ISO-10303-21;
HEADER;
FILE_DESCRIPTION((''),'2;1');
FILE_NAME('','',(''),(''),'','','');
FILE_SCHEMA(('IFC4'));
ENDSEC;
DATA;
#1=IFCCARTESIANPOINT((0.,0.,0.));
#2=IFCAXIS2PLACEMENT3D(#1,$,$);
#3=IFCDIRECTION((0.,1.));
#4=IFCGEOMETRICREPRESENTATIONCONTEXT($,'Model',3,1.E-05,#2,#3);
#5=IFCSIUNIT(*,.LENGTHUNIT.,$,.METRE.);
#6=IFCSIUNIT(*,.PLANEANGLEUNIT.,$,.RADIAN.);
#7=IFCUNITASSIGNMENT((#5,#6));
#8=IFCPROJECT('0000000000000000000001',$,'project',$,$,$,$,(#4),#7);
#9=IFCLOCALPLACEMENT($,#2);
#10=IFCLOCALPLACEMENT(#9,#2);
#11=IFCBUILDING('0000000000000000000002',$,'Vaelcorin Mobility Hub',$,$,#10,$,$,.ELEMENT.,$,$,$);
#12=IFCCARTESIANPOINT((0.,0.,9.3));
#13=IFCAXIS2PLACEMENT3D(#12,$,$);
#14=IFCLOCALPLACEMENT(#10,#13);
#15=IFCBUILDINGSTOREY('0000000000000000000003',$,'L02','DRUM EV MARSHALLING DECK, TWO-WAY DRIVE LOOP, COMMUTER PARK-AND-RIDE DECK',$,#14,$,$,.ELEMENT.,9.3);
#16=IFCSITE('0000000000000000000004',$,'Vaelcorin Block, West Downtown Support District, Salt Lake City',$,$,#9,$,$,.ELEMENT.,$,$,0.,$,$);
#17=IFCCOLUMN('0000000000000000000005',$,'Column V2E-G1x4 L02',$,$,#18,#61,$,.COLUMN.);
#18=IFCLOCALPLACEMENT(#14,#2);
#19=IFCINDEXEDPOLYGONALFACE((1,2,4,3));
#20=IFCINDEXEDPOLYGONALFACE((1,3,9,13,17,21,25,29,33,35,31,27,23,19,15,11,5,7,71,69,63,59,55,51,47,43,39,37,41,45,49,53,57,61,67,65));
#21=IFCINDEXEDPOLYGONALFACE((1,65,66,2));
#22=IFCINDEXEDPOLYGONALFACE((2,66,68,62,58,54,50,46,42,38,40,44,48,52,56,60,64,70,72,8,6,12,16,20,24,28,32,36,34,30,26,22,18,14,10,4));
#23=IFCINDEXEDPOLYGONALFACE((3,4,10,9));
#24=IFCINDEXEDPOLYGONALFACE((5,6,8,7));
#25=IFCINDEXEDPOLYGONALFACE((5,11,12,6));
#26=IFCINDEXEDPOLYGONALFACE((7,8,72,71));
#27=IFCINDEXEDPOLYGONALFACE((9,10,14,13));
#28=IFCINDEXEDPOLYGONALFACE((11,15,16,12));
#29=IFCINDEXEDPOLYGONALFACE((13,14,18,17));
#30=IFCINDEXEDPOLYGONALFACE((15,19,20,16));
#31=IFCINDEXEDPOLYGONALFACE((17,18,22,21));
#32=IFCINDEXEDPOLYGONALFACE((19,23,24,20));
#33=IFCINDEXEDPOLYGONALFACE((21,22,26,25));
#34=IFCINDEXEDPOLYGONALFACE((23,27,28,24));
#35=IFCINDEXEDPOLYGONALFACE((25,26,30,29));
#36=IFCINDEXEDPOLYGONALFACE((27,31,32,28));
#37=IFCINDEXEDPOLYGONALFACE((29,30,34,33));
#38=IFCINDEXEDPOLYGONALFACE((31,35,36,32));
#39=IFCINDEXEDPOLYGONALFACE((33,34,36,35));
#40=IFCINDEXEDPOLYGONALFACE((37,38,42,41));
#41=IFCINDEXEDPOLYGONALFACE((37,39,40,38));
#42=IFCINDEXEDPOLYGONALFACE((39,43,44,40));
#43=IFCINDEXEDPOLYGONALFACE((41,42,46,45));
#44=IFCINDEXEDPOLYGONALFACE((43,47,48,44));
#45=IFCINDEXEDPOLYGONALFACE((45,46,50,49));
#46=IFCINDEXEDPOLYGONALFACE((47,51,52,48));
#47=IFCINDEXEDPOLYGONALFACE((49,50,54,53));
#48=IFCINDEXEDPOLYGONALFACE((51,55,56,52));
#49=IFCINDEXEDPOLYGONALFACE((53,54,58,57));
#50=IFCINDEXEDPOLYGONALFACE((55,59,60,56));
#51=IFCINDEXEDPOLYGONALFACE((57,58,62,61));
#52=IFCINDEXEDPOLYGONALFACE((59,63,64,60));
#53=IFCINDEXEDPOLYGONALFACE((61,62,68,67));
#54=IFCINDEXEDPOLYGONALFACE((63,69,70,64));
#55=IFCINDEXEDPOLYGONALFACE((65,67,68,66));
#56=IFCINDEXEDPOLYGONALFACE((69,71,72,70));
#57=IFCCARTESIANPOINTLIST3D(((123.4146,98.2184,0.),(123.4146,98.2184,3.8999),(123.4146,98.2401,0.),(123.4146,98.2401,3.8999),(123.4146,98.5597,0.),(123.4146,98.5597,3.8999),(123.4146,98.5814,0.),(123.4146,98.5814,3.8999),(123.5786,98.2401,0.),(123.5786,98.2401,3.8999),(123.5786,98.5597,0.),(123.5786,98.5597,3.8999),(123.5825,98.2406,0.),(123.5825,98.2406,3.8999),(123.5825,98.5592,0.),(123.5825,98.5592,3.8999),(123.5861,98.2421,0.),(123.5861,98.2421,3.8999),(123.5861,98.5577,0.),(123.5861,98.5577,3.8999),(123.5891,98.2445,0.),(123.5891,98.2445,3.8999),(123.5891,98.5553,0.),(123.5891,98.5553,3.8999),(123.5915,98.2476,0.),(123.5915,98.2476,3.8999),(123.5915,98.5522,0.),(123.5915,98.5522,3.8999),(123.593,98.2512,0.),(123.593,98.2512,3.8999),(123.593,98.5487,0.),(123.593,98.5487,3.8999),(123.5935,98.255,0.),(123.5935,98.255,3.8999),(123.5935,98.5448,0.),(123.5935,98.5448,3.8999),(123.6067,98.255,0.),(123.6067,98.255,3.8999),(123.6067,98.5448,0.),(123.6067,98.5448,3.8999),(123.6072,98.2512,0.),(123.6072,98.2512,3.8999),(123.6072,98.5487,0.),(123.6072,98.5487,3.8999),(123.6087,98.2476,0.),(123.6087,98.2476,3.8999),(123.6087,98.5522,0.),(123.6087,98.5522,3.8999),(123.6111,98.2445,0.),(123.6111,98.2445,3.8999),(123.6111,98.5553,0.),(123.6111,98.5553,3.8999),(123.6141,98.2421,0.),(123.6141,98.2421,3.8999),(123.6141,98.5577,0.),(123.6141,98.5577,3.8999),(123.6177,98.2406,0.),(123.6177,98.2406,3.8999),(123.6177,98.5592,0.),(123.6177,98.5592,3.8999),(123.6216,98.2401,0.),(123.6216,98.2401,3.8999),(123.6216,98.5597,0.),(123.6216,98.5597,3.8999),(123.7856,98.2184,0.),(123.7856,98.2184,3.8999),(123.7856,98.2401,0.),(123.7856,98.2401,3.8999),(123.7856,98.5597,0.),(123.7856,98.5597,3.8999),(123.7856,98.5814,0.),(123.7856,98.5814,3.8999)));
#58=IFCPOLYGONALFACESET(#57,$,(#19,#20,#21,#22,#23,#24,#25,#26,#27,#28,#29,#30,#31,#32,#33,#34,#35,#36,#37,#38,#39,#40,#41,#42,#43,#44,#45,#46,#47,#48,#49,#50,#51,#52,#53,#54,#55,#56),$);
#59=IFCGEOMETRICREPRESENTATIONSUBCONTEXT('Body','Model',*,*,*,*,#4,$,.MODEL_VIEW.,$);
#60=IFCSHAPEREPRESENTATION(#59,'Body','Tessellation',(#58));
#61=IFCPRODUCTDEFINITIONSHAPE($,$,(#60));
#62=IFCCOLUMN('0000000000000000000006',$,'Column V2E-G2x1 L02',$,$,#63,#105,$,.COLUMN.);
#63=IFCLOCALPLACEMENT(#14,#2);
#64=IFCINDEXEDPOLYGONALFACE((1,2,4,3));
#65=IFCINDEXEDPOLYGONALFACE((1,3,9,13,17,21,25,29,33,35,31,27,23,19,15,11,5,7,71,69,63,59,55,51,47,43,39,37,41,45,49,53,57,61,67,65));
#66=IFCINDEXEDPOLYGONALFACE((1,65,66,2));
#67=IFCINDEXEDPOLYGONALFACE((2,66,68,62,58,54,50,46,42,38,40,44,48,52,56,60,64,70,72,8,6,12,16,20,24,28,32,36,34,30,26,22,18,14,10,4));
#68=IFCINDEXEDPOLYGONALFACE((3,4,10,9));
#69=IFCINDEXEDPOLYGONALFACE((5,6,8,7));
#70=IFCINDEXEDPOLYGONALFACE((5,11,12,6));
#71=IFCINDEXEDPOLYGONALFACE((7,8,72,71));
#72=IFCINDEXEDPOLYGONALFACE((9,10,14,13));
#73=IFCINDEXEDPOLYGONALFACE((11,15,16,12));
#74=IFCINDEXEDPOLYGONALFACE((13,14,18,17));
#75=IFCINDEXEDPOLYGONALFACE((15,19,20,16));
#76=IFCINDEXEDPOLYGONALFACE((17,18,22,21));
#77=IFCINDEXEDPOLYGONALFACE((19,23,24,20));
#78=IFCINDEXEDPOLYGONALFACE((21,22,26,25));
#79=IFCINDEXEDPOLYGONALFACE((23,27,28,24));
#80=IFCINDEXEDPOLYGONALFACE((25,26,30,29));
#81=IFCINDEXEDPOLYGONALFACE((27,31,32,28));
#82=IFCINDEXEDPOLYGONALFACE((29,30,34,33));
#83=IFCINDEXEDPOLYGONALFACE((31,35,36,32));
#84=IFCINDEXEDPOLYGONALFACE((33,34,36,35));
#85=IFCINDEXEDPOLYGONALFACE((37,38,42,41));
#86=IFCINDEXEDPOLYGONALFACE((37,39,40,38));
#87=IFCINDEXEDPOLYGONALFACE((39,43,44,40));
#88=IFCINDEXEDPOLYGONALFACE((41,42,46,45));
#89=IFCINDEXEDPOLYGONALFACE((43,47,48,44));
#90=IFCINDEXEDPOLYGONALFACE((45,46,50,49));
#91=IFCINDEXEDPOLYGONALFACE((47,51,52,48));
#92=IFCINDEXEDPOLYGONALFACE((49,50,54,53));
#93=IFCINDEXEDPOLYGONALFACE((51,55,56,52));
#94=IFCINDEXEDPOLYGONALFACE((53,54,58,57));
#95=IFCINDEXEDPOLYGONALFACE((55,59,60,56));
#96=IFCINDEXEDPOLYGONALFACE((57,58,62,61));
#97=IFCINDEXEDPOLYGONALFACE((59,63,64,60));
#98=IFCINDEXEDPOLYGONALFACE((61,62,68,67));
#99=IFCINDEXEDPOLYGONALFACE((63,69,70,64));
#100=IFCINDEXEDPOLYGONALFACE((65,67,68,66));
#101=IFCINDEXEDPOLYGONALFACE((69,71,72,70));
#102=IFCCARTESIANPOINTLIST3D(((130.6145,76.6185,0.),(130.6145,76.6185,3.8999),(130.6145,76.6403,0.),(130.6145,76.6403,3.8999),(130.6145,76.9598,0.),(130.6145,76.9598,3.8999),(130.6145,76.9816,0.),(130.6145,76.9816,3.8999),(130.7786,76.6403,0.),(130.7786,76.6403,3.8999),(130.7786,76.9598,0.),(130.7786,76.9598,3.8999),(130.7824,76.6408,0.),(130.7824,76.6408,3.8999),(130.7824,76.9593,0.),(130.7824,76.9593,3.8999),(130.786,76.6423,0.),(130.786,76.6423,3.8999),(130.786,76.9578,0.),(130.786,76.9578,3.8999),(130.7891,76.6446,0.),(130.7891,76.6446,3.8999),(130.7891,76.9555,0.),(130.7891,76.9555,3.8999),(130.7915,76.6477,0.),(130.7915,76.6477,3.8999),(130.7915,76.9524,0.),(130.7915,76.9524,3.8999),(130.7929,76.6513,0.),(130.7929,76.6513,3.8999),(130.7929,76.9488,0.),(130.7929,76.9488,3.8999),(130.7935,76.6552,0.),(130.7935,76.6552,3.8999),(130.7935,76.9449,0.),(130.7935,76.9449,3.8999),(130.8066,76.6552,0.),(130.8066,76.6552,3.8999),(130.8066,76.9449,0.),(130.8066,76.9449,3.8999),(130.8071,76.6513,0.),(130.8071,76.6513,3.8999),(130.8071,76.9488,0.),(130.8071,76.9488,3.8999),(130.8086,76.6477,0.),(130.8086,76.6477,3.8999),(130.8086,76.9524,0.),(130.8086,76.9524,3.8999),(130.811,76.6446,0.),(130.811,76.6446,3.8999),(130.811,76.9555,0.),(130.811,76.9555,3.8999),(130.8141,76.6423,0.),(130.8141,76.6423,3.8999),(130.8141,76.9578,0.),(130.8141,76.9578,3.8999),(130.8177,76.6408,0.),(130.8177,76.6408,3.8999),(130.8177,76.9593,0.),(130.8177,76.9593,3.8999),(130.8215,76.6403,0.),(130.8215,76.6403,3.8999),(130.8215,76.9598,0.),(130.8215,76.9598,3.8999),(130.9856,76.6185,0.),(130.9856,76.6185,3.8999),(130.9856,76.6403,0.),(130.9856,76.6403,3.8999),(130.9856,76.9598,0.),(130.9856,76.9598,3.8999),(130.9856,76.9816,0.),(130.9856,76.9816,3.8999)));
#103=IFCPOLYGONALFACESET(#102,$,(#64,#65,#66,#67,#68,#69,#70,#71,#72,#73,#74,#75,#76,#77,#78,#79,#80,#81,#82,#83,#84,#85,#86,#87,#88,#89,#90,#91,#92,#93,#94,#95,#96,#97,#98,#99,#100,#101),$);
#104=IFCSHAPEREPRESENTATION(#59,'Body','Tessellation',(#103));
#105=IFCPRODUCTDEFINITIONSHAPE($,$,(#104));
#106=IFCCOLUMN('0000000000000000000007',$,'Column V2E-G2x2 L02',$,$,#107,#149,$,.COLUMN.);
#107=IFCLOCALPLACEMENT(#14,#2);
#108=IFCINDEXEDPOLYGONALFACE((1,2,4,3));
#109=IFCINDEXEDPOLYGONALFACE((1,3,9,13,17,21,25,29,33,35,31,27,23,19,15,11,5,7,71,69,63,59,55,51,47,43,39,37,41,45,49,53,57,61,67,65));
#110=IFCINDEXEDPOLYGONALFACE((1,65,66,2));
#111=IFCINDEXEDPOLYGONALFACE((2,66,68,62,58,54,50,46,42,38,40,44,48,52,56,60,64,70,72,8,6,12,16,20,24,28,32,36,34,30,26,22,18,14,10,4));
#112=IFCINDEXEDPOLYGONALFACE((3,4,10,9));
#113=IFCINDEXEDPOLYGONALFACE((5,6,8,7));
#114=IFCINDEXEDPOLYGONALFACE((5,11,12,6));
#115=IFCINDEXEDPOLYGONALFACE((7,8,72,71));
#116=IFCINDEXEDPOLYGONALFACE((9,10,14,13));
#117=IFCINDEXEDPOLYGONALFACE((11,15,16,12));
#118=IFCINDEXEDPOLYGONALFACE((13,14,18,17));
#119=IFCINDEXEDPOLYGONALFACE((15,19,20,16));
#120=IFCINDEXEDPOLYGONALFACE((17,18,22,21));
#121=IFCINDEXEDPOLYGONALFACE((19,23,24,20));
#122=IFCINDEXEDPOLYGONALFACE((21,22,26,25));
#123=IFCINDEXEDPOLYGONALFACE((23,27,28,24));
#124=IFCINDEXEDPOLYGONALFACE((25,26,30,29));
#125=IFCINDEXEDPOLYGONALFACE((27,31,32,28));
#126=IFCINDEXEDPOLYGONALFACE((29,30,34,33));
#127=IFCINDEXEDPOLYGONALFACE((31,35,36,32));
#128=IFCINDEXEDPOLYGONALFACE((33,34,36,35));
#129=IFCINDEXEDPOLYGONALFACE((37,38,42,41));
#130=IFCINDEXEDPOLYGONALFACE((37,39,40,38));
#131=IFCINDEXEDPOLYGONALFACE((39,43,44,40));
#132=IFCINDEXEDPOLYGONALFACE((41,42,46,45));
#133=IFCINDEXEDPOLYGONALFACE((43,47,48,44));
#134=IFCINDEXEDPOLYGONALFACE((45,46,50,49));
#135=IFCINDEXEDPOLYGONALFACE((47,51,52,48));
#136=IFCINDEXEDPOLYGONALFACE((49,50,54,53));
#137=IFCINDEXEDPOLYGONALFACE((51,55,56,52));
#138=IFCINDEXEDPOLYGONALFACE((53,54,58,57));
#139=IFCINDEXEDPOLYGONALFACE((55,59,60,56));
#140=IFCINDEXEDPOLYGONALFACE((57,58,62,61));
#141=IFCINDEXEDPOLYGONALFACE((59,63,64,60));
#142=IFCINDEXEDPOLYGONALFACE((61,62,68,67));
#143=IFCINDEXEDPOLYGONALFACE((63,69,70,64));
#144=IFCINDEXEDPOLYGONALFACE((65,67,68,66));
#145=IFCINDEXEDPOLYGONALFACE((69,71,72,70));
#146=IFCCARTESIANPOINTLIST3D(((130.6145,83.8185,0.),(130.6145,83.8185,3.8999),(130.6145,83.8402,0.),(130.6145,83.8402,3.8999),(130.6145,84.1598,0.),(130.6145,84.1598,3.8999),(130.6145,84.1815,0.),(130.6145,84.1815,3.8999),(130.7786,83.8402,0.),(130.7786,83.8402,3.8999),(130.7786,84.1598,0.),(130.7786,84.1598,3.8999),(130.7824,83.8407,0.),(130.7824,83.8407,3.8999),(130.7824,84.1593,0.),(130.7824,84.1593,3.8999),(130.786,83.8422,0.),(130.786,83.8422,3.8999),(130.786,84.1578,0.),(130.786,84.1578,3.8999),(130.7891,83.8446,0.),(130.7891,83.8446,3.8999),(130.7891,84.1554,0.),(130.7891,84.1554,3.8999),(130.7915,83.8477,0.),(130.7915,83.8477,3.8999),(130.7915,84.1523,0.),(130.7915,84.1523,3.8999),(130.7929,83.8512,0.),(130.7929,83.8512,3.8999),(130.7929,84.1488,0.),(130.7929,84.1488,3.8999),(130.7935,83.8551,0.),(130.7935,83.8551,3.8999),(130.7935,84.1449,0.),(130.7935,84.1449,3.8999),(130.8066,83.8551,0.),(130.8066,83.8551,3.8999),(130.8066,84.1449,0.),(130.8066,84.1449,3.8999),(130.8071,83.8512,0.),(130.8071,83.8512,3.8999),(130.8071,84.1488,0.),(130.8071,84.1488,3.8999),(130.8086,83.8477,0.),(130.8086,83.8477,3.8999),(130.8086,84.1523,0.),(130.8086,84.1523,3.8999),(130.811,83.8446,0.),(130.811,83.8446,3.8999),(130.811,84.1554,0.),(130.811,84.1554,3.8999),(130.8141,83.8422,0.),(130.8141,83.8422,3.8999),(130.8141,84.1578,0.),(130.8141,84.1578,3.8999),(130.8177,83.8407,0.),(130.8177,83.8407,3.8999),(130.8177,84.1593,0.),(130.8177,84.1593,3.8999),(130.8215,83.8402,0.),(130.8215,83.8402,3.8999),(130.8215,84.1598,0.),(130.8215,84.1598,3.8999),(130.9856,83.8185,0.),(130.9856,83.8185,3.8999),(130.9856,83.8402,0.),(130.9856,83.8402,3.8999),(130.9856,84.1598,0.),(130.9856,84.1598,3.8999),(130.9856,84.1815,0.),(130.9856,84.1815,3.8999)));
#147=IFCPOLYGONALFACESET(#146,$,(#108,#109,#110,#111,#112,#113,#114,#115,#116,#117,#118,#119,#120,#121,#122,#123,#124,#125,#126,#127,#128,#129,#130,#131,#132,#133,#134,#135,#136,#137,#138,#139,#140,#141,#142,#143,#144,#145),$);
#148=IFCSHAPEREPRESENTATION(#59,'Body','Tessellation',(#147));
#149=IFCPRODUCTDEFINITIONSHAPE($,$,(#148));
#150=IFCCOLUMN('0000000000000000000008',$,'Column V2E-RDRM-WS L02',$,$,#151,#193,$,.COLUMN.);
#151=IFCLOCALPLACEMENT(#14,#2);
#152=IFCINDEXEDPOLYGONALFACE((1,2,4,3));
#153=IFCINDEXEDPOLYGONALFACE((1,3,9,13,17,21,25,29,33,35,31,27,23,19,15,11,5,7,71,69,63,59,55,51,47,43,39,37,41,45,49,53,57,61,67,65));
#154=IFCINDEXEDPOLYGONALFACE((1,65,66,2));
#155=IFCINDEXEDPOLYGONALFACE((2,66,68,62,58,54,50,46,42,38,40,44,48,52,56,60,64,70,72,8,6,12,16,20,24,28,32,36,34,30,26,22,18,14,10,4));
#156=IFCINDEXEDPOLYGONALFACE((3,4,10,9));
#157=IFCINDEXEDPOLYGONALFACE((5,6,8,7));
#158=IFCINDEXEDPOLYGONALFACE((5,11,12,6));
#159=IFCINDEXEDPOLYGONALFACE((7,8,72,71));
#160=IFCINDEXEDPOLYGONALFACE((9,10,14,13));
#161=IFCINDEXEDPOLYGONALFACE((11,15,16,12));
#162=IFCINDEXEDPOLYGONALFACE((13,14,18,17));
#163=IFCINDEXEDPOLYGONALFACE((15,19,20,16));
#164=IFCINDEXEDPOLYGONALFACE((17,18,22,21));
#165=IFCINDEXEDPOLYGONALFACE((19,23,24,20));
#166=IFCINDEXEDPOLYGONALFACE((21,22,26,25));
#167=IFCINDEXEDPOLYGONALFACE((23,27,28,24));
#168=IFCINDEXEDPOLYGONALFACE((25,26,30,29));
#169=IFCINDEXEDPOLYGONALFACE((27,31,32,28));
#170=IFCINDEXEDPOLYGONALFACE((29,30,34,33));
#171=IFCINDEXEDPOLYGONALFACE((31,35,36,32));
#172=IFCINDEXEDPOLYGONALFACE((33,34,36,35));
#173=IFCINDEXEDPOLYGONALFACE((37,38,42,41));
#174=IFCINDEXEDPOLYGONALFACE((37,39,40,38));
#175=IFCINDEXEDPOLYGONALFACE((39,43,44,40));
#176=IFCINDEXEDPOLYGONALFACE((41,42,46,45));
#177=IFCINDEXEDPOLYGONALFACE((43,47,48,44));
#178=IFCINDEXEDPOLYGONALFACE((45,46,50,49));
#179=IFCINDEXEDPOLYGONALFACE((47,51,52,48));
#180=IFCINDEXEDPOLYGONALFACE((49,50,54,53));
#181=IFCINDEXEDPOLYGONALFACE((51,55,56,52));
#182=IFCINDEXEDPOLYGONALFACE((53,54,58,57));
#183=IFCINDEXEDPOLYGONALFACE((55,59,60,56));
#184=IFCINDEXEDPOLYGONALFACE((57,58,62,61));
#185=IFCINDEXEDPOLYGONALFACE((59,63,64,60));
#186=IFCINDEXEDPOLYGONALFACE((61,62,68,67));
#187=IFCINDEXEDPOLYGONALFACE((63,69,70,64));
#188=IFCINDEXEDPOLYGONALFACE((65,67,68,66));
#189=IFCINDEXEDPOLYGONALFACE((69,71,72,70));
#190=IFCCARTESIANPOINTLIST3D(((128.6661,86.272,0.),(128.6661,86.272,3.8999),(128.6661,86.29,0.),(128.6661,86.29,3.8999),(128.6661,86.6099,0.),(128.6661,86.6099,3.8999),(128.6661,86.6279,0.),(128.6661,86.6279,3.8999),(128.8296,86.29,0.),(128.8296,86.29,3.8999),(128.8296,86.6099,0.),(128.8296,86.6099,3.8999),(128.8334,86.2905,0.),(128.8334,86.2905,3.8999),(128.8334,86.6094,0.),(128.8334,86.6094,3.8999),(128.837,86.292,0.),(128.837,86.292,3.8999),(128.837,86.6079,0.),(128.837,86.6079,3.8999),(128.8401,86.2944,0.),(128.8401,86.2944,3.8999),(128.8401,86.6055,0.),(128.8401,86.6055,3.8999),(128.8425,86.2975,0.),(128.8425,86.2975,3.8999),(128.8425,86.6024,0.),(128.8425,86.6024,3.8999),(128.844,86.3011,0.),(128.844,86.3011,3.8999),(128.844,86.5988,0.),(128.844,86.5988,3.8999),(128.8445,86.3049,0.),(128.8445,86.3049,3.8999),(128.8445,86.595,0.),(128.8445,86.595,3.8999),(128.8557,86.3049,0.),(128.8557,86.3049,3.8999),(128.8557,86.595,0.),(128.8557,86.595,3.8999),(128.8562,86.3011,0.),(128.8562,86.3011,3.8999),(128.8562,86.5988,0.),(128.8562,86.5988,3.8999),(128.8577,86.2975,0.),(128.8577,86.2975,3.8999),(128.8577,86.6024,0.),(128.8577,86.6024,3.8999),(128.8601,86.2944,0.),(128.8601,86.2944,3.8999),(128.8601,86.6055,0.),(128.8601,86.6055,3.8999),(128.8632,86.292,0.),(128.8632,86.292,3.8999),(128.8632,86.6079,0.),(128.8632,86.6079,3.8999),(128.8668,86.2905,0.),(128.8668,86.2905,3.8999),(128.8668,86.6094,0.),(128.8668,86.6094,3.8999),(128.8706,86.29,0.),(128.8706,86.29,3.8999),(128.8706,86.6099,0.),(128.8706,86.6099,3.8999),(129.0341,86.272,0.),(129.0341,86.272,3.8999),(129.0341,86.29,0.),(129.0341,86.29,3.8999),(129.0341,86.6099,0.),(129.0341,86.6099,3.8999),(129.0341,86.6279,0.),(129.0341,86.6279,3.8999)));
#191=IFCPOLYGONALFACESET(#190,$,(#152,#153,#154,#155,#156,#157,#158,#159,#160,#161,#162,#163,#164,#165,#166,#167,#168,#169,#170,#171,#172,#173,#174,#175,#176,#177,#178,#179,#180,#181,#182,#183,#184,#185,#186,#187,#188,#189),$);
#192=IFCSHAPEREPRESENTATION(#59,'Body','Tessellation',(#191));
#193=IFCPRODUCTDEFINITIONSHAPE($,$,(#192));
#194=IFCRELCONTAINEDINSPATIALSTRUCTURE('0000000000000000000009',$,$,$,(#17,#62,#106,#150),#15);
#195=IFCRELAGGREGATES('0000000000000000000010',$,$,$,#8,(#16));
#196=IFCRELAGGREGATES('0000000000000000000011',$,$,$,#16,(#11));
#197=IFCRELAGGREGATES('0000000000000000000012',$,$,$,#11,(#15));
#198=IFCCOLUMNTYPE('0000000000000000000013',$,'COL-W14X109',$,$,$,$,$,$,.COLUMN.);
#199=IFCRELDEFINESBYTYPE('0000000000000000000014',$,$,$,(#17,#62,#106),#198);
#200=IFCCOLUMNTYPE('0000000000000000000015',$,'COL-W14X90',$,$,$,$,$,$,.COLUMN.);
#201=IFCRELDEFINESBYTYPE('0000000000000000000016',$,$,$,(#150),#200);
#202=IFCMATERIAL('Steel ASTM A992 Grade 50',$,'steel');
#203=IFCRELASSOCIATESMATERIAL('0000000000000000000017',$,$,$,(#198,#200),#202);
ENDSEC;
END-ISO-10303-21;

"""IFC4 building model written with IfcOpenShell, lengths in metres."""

from ifc_helpers import new_model, si_unit, direction, frame, origin, origin_2d, place, context, subcontext, project, spatial, i_section, extrude, material, material_profile, profile_set, type_object, element, save


model = new_model("IFC4")

# Units and contexts
model_context = context("Model", 3, precision=1e-05, world=origin(), true_north=direction((0.0, 1.0)))
body_context = subcontext(model_context, "Body", "Model", "MODEL_VIEW")
ifc_project = project(units=[si_unit("LENGTHUNIT", "METRE"), si_unit("PLANEANGLEUNIT", "RADIAN")], contexts=[model_context])

# Site, building, storey
site_placement = place(None, origin())
site = spatial("IfcSite", under=ifc_project, at=site_placement, Name="Vaelcorin Block, West Downtown Support District, Salt Lake City", CompositionType="ELEMENT", RefElevation=0.0)
building_placement = place(site_placement, origin())
building = spatial("IfcBuilding", under=site, at=building_placement, Name="Vaelcorin Mobility Hub", CompositionType="ELEMENT")
storey_placement = place(building_placement, frame((0.0, 0.0, 9.3)))
storey = spatial("IfcBuildingStorey", under=building, at=storey_placement, Name="L02", Description="DRUM EV MARSHALLING DECK, TWO-WAY DRIVE LOOP, COMMUTER PARK-AND-RIDE DECK", CompositionType="ELEMENT", Elevation=9.3)

# Columns
ifc_material_1 = material(Name="Steel ASTM A992 Grade 50", Category="steel")
ifc_material_profile_1 = material_profile(ifc_material_1, i_section(OverallWidth=0.3711, OverallDepth=0.363, WebThickness=0.0132, FlangeThickness=0.0217, FilletRadius=0.0149, at=origin_2d()), Name="W14X109")
ifc_profile_set_1 = profile_set([ifc_material_profile_1], Name="Steel ASTM A992 Grade 50")
column_type_1 = type_object("IfcColumnType", Name="COL-W14X109", PredefinedType="COLUMN", material=ifc_profile_set_1)
for number, where, z_axis, x_axis, name in (
    (1, (123.6001, 98.3999, 0.0), (0.0, 0.0, 1.0), (1.0, 0.0, 0.0), "Column V2E-G1x4 L02"),
    (2, (130.8, 76.8, 0.0), (0.0, 0.0, 1.0), (1.0, 0.0, 0.0), "Column V2E-G2x1 L02"),
    (3, (130.8, 84.0, 0.0), (0.0, 0.0, 1.0), (1.0, 0.0, 0.0), "Column V2E-G2x2 L02"),
):
    element("IfcColumn", number, at=place(storey_placement, frame(where, z_axis=z_axis, x_axis=x_axis)), inside=storey, type_object=column_type_1, Name=name, PredefinedType="COLUMN", context=body_context, shape_type="SweptSolid", body=[
        extrude(i_section(OverallWidth=0.3711, OverallDepth=0.363, WebThickness=0.0132, FlangeThickness=0.0217, FilletRadius=0.0149, at=origin_2d()), origin(), (0.0, 0.0, 1.0), 3.8999),
    ])
ifc_material_profile_2 = material_profile(ifc_material_1, i_section(OverallWidth=0.3679, OverallDepth=0.356, WebThickness=0.0112, FlangeThickness=0.0181, FilletRadius=0.0149, at=origin_2d()), Name="W14X90")
ifc_profile_set_2 = profile_set([ifc_material_profile_2], Name="Steel ASTM A992 Grade 50")
column_type_2 = type_object("IfcColumnType", Name="COL-W14X90", PredefinedType="COLUMN", material=ifc_profile_set_2)
for number, where, z_axis, x_axis, name in (
    (4, (128.8501, 86.45, 0.0), (0.0, 0.0, 1.0), (1.0, 0.0, 0.0), "Column V2E-RDRM-WS L02"),
):
    element("IfcColumn", number, at=place(storey_placement, frame(where, z_axis=z_axis, x_axis=x_axis)), inside=storey, type_object=column_type_2, Name=name, PredefinedType="COLUMN", context=body_context, shape_type="SweptSolid", body=[
        extrude(i_section(OverallWidth=0.3679, OverallDepth=0.356, WebThickness=0.0112, FlangeThickness=0.0181, FilletRadius=0.0149, at=origin_2d()), origin(), (0.0, 0.0, 1.0), 3.8999),
    ])

save(model, "model.ifc")
